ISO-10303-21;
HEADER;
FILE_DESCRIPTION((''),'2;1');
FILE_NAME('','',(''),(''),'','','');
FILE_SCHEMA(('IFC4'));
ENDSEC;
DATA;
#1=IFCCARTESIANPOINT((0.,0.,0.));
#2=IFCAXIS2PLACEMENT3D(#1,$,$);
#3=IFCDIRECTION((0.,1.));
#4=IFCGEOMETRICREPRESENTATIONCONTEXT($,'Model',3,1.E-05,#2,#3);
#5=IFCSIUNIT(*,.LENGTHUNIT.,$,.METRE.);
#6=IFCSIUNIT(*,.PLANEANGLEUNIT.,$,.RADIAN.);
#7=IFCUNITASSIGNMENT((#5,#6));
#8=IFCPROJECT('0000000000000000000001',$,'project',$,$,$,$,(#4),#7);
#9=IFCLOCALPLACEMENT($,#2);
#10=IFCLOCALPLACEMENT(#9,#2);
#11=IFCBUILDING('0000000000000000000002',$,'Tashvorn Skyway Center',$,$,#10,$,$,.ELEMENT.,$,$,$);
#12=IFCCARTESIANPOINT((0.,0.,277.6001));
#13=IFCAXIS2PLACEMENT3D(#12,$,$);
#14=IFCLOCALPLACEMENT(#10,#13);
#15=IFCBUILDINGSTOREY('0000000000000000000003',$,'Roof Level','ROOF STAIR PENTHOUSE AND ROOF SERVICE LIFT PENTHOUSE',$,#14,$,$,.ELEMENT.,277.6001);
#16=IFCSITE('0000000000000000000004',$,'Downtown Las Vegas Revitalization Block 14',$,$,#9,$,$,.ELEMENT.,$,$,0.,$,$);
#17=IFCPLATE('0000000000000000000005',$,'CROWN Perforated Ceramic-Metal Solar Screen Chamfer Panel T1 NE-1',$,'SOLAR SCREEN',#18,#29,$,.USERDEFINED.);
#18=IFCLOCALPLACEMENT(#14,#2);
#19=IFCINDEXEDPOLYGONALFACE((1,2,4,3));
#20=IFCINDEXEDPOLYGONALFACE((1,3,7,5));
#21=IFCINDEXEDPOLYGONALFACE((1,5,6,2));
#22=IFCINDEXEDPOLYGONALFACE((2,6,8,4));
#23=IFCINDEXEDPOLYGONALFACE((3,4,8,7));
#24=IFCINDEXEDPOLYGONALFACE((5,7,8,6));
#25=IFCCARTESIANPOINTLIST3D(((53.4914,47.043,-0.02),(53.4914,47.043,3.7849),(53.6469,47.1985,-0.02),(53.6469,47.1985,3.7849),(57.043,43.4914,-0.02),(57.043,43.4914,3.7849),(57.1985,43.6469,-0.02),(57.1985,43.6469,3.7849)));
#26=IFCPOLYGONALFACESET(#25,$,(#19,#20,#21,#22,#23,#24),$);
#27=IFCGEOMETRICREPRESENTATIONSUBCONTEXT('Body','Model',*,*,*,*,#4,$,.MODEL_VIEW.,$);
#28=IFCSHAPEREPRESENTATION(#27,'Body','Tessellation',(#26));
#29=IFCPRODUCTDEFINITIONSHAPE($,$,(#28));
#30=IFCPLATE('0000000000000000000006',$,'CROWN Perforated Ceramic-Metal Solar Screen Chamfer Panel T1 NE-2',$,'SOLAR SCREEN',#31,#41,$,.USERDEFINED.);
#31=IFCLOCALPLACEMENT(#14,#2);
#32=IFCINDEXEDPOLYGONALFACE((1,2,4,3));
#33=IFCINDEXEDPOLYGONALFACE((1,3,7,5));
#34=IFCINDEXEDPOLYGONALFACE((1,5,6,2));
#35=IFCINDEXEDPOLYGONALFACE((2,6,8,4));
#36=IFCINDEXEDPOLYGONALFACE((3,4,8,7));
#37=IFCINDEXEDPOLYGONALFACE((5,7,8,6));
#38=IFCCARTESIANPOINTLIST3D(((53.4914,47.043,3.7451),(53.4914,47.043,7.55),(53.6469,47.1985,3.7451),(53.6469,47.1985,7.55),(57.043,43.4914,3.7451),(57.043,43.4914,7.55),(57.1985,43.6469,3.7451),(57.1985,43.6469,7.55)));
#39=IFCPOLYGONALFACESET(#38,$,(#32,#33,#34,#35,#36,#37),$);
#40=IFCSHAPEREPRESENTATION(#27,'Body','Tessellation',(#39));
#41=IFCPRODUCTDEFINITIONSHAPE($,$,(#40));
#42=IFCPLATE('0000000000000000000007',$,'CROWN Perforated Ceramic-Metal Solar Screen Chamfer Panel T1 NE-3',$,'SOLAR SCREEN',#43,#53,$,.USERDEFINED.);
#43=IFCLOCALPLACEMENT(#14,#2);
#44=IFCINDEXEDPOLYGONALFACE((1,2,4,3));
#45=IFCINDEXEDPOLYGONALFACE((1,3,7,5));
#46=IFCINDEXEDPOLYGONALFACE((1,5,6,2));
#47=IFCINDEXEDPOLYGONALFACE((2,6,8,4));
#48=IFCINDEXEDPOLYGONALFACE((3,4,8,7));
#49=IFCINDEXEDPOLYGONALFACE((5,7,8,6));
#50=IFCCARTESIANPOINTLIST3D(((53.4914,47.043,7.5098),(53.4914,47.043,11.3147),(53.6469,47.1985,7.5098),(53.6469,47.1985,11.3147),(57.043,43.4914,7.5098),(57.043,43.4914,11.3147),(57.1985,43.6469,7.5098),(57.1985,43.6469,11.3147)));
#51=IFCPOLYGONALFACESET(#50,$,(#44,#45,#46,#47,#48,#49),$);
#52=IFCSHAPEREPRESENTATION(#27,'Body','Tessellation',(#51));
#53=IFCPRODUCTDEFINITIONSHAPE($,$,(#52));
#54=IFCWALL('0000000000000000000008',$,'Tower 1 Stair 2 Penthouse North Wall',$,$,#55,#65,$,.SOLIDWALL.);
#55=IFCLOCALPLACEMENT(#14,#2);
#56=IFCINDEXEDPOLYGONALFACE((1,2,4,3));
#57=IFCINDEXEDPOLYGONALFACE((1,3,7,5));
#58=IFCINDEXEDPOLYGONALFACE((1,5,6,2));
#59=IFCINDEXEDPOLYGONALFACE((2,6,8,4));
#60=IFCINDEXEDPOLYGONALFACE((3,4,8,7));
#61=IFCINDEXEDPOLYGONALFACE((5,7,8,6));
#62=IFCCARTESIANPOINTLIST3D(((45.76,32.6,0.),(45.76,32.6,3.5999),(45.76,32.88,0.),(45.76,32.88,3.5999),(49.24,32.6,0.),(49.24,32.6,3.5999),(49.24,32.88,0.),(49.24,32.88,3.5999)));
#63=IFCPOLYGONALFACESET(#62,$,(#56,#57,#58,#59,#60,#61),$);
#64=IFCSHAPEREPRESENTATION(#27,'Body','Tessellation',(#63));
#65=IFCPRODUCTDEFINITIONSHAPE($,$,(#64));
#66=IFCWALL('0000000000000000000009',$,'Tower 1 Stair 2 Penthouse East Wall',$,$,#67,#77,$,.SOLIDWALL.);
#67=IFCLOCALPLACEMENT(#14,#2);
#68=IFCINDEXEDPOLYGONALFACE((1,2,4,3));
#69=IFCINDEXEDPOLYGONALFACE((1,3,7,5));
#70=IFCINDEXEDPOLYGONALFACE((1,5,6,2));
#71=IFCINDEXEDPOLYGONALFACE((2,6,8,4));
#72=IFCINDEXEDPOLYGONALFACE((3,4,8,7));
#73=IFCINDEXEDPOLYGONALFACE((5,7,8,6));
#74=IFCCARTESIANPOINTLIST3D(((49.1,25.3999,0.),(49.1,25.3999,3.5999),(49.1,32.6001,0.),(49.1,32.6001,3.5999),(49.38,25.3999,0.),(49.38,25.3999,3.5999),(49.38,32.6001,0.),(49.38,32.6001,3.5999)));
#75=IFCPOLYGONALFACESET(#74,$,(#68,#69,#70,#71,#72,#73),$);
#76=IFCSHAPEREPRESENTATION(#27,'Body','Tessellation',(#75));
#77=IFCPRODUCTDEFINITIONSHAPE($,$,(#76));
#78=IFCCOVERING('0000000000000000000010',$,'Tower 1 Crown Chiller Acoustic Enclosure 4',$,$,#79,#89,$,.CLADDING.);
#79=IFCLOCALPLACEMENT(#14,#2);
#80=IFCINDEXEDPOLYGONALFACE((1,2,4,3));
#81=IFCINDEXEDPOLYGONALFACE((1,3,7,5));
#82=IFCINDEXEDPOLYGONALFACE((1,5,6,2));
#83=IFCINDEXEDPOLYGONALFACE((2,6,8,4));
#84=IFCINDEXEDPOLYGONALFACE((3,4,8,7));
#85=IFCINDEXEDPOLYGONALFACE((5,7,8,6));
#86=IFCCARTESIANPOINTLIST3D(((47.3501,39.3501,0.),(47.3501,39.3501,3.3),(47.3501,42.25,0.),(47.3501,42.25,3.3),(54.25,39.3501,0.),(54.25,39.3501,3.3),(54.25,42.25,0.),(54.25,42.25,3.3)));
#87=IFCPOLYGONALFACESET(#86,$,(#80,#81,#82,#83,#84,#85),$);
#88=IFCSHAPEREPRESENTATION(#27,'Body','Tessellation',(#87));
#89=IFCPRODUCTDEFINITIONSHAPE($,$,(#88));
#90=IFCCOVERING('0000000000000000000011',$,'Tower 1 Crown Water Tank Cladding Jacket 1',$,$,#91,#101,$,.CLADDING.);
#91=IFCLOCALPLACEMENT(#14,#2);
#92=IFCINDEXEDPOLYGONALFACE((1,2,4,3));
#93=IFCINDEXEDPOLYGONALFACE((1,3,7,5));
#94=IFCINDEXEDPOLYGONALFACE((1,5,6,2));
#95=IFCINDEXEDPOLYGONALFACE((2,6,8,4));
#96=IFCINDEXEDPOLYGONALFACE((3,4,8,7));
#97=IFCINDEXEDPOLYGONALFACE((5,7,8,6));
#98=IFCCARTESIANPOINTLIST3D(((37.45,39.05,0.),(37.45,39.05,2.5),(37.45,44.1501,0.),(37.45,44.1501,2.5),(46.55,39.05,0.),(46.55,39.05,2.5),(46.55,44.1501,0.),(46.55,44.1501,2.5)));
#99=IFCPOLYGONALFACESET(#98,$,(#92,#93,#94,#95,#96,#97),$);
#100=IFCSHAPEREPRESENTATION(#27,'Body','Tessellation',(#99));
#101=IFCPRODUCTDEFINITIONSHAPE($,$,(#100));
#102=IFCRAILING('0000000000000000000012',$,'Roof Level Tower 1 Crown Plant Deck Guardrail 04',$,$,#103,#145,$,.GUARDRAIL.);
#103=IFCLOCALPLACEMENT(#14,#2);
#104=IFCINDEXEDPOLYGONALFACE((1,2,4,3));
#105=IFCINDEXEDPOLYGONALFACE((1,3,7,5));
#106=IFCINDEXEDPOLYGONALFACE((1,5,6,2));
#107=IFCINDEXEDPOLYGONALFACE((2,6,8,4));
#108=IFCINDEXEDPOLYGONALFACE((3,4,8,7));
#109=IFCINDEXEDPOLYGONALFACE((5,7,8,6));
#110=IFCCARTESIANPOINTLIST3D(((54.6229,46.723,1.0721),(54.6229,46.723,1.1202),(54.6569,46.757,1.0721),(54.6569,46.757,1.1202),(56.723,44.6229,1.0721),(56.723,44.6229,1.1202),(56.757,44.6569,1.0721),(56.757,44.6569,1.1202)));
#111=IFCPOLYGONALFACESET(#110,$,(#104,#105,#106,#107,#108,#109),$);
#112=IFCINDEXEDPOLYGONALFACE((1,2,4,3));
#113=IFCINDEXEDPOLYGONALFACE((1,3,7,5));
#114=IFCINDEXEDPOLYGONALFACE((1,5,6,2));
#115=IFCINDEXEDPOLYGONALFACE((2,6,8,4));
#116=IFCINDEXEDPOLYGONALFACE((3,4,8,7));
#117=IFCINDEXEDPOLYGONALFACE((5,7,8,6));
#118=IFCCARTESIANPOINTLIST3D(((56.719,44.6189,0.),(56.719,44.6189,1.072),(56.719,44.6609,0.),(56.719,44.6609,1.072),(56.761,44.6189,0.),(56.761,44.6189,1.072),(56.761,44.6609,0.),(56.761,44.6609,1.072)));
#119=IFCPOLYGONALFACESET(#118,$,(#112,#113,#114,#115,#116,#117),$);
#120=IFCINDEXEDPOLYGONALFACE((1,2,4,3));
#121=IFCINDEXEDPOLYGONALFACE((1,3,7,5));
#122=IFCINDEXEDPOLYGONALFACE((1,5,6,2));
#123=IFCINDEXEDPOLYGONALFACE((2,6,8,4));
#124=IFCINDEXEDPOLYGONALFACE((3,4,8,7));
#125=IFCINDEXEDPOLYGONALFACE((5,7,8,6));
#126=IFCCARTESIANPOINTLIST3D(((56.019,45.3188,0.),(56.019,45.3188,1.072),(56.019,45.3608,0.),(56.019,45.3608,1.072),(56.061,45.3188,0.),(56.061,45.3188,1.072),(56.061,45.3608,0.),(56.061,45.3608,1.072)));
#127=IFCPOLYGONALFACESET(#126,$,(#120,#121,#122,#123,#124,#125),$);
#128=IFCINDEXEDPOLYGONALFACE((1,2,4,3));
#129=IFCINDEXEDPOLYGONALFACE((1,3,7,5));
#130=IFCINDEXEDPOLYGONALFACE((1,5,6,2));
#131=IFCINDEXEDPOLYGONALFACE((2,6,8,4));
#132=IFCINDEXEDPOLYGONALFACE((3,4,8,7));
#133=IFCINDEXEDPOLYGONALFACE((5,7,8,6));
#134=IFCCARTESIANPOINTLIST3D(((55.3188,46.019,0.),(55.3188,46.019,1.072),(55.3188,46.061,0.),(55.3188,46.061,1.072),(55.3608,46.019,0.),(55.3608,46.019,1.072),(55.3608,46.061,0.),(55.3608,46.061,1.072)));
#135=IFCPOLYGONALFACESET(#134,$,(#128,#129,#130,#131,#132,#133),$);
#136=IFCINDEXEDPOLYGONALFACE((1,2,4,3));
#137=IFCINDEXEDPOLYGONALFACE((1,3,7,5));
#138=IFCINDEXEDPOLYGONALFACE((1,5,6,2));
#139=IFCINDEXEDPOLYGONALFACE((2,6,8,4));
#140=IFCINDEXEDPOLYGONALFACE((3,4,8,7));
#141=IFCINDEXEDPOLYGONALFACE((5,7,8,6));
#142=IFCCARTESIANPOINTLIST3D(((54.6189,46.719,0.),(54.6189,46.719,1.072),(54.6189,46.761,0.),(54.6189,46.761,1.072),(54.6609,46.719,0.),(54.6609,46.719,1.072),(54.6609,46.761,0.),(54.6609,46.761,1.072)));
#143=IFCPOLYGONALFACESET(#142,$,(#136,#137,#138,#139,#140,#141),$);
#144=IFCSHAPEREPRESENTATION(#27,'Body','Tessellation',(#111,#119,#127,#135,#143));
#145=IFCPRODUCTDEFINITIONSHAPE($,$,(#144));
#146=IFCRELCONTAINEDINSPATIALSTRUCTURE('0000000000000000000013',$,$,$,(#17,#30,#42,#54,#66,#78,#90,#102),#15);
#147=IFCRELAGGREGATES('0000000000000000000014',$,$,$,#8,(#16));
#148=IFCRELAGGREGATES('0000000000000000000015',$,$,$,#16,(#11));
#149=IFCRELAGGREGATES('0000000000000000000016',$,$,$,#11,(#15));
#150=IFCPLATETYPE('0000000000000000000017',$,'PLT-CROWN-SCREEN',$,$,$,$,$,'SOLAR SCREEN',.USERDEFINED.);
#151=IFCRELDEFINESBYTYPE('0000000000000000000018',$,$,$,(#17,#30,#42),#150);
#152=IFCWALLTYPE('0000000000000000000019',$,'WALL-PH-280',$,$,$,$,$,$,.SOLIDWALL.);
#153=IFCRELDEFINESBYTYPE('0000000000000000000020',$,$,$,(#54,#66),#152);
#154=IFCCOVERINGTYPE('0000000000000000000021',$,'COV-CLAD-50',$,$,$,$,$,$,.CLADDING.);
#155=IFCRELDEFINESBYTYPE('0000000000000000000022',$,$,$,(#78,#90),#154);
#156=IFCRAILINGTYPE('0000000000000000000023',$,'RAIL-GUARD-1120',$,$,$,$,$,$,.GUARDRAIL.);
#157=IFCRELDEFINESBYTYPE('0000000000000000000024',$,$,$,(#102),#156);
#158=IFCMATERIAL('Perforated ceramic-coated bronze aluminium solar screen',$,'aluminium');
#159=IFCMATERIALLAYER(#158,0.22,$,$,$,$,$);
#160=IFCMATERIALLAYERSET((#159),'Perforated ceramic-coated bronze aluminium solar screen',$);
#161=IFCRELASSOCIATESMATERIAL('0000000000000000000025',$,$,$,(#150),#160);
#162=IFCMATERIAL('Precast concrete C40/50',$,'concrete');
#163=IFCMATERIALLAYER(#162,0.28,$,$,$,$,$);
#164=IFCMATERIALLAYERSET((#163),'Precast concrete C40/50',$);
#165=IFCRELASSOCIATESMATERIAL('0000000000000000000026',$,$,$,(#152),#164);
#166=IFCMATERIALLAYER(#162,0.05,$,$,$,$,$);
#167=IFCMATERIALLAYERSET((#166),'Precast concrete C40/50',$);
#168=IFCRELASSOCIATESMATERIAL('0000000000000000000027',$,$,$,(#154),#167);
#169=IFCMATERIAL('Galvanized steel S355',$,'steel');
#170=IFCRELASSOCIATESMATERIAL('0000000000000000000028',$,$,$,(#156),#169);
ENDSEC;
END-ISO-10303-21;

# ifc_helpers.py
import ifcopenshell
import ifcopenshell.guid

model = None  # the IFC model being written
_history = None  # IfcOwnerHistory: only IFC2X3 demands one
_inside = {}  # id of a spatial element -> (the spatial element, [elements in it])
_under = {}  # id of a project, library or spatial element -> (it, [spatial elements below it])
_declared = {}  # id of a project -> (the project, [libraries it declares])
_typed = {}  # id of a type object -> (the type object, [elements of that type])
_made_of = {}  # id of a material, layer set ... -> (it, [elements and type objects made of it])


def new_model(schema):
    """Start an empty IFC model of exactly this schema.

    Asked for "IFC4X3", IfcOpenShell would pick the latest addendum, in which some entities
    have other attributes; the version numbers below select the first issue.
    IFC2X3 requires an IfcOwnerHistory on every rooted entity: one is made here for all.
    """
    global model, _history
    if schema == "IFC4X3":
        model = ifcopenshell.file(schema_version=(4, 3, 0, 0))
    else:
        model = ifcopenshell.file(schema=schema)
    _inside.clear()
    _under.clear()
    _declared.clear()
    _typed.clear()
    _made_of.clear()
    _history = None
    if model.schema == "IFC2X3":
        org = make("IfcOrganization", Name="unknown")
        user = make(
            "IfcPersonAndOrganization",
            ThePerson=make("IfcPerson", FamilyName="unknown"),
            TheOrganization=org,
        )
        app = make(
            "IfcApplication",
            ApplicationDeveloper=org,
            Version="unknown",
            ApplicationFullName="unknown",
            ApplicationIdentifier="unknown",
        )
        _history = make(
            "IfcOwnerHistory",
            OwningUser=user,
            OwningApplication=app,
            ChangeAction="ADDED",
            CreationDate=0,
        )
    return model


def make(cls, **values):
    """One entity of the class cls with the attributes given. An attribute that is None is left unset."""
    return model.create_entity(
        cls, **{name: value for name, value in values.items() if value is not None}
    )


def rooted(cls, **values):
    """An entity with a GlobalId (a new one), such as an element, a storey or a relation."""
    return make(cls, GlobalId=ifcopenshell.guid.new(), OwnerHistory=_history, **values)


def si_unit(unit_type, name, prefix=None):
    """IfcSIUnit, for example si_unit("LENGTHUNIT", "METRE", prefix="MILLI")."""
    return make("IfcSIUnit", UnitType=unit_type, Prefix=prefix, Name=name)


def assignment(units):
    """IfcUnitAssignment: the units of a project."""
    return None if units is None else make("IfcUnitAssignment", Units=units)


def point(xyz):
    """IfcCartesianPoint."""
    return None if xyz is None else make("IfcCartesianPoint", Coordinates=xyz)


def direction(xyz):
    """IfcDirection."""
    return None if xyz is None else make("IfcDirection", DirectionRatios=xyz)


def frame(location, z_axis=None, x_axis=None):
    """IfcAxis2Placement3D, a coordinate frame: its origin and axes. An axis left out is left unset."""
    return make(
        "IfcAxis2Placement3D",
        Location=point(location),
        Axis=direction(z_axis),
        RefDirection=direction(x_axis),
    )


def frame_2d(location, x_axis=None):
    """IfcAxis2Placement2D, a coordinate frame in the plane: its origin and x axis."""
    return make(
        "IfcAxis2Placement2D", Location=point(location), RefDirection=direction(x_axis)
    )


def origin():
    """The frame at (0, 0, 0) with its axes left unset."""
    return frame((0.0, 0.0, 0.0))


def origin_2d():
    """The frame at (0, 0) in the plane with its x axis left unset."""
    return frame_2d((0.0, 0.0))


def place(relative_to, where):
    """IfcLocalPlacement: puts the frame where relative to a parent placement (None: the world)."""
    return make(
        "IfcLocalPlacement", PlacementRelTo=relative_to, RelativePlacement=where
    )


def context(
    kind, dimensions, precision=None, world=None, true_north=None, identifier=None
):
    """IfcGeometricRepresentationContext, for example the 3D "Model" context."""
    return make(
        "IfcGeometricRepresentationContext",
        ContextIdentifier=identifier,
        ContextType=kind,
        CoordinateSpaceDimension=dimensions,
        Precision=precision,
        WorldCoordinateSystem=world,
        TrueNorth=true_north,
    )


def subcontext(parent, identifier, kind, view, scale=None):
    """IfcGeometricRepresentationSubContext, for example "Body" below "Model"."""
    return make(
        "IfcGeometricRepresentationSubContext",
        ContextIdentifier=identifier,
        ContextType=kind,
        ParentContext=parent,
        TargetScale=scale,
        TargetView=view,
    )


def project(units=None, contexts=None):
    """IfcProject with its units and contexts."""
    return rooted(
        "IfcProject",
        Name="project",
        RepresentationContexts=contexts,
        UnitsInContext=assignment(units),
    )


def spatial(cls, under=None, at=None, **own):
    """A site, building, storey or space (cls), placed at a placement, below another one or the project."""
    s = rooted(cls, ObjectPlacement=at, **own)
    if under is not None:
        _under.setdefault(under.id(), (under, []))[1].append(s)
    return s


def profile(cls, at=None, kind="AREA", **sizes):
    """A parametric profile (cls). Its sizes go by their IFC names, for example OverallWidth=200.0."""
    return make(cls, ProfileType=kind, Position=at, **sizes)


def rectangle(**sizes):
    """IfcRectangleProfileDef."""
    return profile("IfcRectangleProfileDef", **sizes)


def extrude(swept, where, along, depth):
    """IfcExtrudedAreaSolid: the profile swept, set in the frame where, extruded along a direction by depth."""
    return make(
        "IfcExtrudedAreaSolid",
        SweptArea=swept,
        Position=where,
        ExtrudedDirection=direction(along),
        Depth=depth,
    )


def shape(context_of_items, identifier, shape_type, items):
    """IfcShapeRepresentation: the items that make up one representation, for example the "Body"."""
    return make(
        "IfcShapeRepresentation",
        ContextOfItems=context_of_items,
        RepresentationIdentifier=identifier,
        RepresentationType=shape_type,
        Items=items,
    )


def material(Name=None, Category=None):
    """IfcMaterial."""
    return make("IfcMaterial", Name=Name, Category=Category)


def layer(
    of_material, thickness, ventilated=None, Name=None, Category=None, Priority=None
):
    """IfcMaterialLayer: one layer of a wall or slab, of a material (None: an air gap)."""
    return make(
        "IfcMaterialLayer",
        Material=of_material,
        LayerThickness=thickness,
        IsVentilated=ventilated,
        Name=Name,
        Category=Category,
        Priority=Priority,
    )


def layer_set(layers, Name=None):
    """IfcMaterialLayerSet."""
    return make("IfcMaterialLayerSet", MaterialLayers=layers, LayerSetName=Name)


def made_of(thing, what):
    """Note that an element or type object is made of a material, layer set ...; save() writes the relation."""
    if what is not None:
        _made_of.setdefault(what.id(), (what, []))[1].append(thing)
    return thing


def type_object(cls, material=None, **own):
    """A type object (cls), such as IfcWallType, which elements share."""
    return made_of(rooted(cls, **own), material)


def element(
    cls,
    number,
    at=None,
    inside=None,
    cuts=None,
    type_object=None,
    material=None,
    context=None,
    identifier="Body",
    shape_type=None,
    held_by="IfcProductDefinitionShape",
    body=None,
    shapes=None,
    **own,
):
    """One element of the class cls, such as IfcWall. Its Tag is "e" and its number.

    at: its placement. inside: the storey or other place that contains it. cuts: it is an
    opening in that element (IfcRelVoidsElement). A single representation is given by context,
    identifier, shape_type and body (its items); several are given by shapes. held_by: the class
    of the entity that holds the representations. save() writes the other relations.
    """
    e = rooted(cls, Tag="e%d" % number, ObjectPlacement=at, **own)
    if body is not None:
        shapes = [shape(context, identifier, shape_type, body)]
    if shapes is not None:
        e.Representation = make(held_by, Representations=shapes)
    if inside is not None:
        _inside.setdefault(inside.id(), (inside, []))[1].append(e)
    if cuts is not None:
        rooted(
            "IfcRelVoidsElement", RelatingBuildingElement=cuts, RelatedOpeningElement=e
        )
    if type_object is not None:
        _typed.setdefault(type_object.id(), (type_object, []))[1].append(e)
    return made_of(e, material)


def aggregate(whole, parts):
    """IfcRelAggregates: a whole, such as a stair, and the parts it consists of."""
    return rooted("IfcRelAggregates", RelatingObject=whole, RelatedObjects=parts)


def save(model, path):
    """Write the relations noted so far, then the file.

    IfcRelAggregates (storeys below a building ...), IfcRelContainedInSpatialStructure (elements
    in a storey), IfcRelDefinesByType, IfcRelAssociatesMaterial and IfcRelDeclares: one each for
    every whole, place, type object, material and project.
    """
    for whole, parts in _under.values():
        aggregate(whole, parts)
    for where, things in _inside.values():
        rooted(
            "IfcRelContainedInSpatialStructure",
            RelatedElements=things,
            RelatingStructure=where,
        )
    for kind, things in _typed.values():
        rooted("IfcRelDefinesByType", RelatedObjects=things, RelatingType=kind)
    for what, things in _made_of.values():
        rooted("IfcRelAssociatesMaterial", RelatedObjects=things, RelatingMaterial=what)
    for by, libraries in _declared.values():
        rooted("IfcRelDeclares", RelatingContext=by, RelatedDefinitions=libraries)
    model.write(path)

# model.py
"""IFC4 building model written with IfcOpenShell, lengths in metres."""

from ifc_helpers import new_model, si_unit, direction, frame, frame_2d, origin, origin_2d, place, context, subcontext, project, spatial, rectangle, extrude, material, layer, layer_set, type_object, element, save


model = new_model("IFC4")

# Units and contexts
model_context = context("Model", 3, precision=1e-05, world=origin(), true_north=direction((0.0, 1.0)))
body_context = subcontext(model_context, "Body", "Model", "MODEL_VIEW")
ifc_project = project(units=[si_unit("LENGTHUNIT", "METRE"), si_unit("PLANEANGLEUNIT", "RADIAN")], contexts=[model_context])

# Site, building, storey
site_placement = place(None, origin())
site = spatial("IfcSite", under=ifc_project, at=site_placement, Name="Downtown Las Vegas Revitalization Block 14", CompositionType="ELEMENT", RefElevation=0.0)
building_placement = place(site_placement, origin())
building = spatial("IfcBuilding", under=site, at=building_placement, Name="Tashvorn Skyway Center", CompositionType="ELEMENT")
storey_placement = place(building_placement, frame((0.0, 0.0, 277.6001)))
storey = spatial("IfcBuildingStorey", under=building, at=storey_placement, Name="Roof Level", Description="ROOF STAIR PENTHOUSE AND ROOF SERVICE LIFT PENTHOUSE", CompositionType="ELEMENT", Elevation=277.6001)

# Plates
ifc_material_1 = material(Name="Perforated ceramic-coated bronze aluminium solar screen", Category="aluminium")
ifc_layer_1 = layer(ifc_material_1, 0.22)
ifc_layer_set_1 = layer_set([ifc_layer_1], Name="Perforated ceramic-coated bronze aluminium solar screen")
plate_type_1 = type_object("IfcPlateType", Name="PLT-CROWN-SCREEN", ElementType="SOLAR SCREEN", PredefinedType="USERDEFINED", material=ifc_layer_set_1)
for number, where, z_axis, x_axis, name in (
    (1, (55.345, 45.345, -0.02), (0.0, 0.0, 1.0), (0.707107, -0.707107, 0.0), "CROWN Perforated Ceramic-Metal Solar Screen Chamfer Panel T1 NE-1"),
    (2, (55.345, 45.345, 3.7451), (0.0, 0.0, 1.0), (0.707107, -0.707107, 0.0), "CROWN Perforated Ceramic-Metal Solar Screen Chamfer Panel T1 NE-2"),
    (3, (55.345, 45.345, 7.5098), (0.0, 0.0, 1.0), (0.707107, -0.707107, 0.0), "CROWN Perforated Ceramic-Metal Solar Screen Chamfer Panel T1 NE-3"),
):
    element("IfcPlate", number, at=place(storey_placement, frame(where, z_axis=z_axis, x_axis=x_axis)), inside=storey, type_object=plate_type_1, Name=name, ObjectType="SOLAR SCREEN", PredefinedType="USERDEFINED", context=body_context, shape_type="SweptSolid", body=[
        extrude(rectangle(XDim=5.0227, YDim=0.22, at=origin_2d()), origin(), (0.0, 0.0, 1.0), 3.8049),
    ])

# Walls
ifc_material_2 = material(Name="Precast concrete C40/50", Category="concrete")
ifc_layer_2 = layer(ifc_material_2, 0.28)
ifc_layer_set_2 = layer_set([ifc_layer_2], Name="Precast concrete C40/50")
wall_type = type_object("IfcWallType", Name="WALL-PH-280", PredefinedType="SOLIDWALL", material=ifc_layer_set_2)
wall_1_placement = place(storey_placement, frame((45.76, 32.74, 0.0), z_axis=(0.0, 0.0, 1.0), x_axis=(1.0, 0.0, 0.0)))
element("IfcWall", 4, at=wall_1_placement, inside=storey, type_object=wall_type, Name="Tower 1 Stair 2 Penthouse North Wall", PredefinedType="SOLIDWALL", context=body_context, shape_type="SweptSolid", body=[
    extrude(rectangle(XDim=3.48, YDim=0.28, at=frame_2d((1.74, 0.0))), origin(), (0.0, 0.0, 1.0), 3.5999),
])
wall_2_placement = place(storey_placement, frame((49.24, 32.6001, 0.0), z_axis=(0.0, 0.0, 1.0), x_axis=(0.0, -1.0, 0.0)))
element("IfcWall", 5, at=wall_2_placement, inside=storey, type_object=wall_type, Name="Tower 1 Stair 2 Penthouse East Wall", PredefinedType="SOLIDWALL", context=body_context, shape_type="SweptSolid", body=[
    extrude(rectangle(XDim=7.2002, YDim=0.28, at=frame_2d((3.6001, 0.0))), origin(), (0.0, 0.0, 1.0), 3.5999),
])

# Coverings
ifc_layer_3 = layer(ifc_material_2, 0.05)
ifc_layer_set_3 = layer_set([ifc_layer_3], Name="Precast concrete C40/50")
covering_type = type_object("IfcCoveringType", Name="COV-CLAD-50", PredefinedType="CLADDING", material=ifc_layer_set_3)
covering_1_placement = place(storey_placement, frame((50.8, 40.8, 0.0), z_axis=(0.0, 0.0, 1.0), x_axis=(1.0, 0.0, 0.0)))
element("IfcCovering", 6, at=covering_1_placement, inside=storey, type_object=covering_type, Name="Tower 1 Crown Chiller Acoustic Enclosure 4", PredefinedType="CLADDING", context=body_context, shape_type="SweptSolid", body=[
    extrude(rectangle(XDim=6.8999, YDim=2.8999, at=origin_2d()), origin(), (0.0, 0.0, 1.0), 3.3),
])
covering_2_placement = place(storey_placement, frame((42.0, 41.6001, 0.0), z_axis=(0.0, 0.0, 1.0), x_axis=(1.0, 0.0, 0.0)))
element("IfcCovering", 7, at=covering_2_placement, inside=storey, type_object=covering_type, Name="Tower 1 Crown Water Tank Cladding Jacket 1", PredefinedType="CLADDING", context=body_context, shape_type="SweptSolid", body=[
    extrude(rectangle(XDim=9.1001, YDim=5.1001, at=origin_2d()), origin(), (0.0, 0.0, 1.0), 2.5),
])

# Railing
ifc_material_3 = material(Name="Galvanized steel S355", Category="steel")
railing_type_1 = type_object("IfcRailingType", Name="RAIL-GUARD-1120", PredefinedType="GUARDRAIL", material=ifc_material_3)
railing_1_placement = place(storey_placement, frame((56.74, 44.6399, 0.0)))
element("IfcRailing", 8, at=railing_1_placement, inside=storey, type_object=railing_type_1, Name="Roof Level Tower 1 Crown Plant Deck Guardrail 04", PredefinedType="GUARDRAIL", context=body_context, shape_type="SweptSolid", body=[
    extrude(rectangle(XDim=0.0481, YDim=0.0481, at=origin_2d()), frame((0.0, 0.0, 1.0962), z_axis=(-0.707107, 0.707107, 0.0), x_axis=(-0.707107, -0.707107, 0.0)), (0.0, 0.0, 1.0), 2.97),
    extrude(rectangle(XDim=0.042, YDim=0.042, at=origin_2d()), origin(), (0.0, 0.0, 1.0), 1.072),
    extrude(rectangle(XDim=0.042, YDim=0.042, at=origin_2d()), frame((-0.7, 0.7, 0.0)), (0.0, 0.0, 1.0), 1.072),
    extrude(rectangle(XDim=0.042, YDim=0.042, at=origin_2d()), frame((-1.4001, 1.4001, 0.0)), (0.0, 0.0, 1.0), 1.072),
    extrude(rectangle(XDim=0.042, YDim=0.042, at=origin_2d()), frame((-2.1001, 2.1001, 0.0)), (0.0, 0.0, 1.0), 1.072),
])

save(model, "model.ifc")
